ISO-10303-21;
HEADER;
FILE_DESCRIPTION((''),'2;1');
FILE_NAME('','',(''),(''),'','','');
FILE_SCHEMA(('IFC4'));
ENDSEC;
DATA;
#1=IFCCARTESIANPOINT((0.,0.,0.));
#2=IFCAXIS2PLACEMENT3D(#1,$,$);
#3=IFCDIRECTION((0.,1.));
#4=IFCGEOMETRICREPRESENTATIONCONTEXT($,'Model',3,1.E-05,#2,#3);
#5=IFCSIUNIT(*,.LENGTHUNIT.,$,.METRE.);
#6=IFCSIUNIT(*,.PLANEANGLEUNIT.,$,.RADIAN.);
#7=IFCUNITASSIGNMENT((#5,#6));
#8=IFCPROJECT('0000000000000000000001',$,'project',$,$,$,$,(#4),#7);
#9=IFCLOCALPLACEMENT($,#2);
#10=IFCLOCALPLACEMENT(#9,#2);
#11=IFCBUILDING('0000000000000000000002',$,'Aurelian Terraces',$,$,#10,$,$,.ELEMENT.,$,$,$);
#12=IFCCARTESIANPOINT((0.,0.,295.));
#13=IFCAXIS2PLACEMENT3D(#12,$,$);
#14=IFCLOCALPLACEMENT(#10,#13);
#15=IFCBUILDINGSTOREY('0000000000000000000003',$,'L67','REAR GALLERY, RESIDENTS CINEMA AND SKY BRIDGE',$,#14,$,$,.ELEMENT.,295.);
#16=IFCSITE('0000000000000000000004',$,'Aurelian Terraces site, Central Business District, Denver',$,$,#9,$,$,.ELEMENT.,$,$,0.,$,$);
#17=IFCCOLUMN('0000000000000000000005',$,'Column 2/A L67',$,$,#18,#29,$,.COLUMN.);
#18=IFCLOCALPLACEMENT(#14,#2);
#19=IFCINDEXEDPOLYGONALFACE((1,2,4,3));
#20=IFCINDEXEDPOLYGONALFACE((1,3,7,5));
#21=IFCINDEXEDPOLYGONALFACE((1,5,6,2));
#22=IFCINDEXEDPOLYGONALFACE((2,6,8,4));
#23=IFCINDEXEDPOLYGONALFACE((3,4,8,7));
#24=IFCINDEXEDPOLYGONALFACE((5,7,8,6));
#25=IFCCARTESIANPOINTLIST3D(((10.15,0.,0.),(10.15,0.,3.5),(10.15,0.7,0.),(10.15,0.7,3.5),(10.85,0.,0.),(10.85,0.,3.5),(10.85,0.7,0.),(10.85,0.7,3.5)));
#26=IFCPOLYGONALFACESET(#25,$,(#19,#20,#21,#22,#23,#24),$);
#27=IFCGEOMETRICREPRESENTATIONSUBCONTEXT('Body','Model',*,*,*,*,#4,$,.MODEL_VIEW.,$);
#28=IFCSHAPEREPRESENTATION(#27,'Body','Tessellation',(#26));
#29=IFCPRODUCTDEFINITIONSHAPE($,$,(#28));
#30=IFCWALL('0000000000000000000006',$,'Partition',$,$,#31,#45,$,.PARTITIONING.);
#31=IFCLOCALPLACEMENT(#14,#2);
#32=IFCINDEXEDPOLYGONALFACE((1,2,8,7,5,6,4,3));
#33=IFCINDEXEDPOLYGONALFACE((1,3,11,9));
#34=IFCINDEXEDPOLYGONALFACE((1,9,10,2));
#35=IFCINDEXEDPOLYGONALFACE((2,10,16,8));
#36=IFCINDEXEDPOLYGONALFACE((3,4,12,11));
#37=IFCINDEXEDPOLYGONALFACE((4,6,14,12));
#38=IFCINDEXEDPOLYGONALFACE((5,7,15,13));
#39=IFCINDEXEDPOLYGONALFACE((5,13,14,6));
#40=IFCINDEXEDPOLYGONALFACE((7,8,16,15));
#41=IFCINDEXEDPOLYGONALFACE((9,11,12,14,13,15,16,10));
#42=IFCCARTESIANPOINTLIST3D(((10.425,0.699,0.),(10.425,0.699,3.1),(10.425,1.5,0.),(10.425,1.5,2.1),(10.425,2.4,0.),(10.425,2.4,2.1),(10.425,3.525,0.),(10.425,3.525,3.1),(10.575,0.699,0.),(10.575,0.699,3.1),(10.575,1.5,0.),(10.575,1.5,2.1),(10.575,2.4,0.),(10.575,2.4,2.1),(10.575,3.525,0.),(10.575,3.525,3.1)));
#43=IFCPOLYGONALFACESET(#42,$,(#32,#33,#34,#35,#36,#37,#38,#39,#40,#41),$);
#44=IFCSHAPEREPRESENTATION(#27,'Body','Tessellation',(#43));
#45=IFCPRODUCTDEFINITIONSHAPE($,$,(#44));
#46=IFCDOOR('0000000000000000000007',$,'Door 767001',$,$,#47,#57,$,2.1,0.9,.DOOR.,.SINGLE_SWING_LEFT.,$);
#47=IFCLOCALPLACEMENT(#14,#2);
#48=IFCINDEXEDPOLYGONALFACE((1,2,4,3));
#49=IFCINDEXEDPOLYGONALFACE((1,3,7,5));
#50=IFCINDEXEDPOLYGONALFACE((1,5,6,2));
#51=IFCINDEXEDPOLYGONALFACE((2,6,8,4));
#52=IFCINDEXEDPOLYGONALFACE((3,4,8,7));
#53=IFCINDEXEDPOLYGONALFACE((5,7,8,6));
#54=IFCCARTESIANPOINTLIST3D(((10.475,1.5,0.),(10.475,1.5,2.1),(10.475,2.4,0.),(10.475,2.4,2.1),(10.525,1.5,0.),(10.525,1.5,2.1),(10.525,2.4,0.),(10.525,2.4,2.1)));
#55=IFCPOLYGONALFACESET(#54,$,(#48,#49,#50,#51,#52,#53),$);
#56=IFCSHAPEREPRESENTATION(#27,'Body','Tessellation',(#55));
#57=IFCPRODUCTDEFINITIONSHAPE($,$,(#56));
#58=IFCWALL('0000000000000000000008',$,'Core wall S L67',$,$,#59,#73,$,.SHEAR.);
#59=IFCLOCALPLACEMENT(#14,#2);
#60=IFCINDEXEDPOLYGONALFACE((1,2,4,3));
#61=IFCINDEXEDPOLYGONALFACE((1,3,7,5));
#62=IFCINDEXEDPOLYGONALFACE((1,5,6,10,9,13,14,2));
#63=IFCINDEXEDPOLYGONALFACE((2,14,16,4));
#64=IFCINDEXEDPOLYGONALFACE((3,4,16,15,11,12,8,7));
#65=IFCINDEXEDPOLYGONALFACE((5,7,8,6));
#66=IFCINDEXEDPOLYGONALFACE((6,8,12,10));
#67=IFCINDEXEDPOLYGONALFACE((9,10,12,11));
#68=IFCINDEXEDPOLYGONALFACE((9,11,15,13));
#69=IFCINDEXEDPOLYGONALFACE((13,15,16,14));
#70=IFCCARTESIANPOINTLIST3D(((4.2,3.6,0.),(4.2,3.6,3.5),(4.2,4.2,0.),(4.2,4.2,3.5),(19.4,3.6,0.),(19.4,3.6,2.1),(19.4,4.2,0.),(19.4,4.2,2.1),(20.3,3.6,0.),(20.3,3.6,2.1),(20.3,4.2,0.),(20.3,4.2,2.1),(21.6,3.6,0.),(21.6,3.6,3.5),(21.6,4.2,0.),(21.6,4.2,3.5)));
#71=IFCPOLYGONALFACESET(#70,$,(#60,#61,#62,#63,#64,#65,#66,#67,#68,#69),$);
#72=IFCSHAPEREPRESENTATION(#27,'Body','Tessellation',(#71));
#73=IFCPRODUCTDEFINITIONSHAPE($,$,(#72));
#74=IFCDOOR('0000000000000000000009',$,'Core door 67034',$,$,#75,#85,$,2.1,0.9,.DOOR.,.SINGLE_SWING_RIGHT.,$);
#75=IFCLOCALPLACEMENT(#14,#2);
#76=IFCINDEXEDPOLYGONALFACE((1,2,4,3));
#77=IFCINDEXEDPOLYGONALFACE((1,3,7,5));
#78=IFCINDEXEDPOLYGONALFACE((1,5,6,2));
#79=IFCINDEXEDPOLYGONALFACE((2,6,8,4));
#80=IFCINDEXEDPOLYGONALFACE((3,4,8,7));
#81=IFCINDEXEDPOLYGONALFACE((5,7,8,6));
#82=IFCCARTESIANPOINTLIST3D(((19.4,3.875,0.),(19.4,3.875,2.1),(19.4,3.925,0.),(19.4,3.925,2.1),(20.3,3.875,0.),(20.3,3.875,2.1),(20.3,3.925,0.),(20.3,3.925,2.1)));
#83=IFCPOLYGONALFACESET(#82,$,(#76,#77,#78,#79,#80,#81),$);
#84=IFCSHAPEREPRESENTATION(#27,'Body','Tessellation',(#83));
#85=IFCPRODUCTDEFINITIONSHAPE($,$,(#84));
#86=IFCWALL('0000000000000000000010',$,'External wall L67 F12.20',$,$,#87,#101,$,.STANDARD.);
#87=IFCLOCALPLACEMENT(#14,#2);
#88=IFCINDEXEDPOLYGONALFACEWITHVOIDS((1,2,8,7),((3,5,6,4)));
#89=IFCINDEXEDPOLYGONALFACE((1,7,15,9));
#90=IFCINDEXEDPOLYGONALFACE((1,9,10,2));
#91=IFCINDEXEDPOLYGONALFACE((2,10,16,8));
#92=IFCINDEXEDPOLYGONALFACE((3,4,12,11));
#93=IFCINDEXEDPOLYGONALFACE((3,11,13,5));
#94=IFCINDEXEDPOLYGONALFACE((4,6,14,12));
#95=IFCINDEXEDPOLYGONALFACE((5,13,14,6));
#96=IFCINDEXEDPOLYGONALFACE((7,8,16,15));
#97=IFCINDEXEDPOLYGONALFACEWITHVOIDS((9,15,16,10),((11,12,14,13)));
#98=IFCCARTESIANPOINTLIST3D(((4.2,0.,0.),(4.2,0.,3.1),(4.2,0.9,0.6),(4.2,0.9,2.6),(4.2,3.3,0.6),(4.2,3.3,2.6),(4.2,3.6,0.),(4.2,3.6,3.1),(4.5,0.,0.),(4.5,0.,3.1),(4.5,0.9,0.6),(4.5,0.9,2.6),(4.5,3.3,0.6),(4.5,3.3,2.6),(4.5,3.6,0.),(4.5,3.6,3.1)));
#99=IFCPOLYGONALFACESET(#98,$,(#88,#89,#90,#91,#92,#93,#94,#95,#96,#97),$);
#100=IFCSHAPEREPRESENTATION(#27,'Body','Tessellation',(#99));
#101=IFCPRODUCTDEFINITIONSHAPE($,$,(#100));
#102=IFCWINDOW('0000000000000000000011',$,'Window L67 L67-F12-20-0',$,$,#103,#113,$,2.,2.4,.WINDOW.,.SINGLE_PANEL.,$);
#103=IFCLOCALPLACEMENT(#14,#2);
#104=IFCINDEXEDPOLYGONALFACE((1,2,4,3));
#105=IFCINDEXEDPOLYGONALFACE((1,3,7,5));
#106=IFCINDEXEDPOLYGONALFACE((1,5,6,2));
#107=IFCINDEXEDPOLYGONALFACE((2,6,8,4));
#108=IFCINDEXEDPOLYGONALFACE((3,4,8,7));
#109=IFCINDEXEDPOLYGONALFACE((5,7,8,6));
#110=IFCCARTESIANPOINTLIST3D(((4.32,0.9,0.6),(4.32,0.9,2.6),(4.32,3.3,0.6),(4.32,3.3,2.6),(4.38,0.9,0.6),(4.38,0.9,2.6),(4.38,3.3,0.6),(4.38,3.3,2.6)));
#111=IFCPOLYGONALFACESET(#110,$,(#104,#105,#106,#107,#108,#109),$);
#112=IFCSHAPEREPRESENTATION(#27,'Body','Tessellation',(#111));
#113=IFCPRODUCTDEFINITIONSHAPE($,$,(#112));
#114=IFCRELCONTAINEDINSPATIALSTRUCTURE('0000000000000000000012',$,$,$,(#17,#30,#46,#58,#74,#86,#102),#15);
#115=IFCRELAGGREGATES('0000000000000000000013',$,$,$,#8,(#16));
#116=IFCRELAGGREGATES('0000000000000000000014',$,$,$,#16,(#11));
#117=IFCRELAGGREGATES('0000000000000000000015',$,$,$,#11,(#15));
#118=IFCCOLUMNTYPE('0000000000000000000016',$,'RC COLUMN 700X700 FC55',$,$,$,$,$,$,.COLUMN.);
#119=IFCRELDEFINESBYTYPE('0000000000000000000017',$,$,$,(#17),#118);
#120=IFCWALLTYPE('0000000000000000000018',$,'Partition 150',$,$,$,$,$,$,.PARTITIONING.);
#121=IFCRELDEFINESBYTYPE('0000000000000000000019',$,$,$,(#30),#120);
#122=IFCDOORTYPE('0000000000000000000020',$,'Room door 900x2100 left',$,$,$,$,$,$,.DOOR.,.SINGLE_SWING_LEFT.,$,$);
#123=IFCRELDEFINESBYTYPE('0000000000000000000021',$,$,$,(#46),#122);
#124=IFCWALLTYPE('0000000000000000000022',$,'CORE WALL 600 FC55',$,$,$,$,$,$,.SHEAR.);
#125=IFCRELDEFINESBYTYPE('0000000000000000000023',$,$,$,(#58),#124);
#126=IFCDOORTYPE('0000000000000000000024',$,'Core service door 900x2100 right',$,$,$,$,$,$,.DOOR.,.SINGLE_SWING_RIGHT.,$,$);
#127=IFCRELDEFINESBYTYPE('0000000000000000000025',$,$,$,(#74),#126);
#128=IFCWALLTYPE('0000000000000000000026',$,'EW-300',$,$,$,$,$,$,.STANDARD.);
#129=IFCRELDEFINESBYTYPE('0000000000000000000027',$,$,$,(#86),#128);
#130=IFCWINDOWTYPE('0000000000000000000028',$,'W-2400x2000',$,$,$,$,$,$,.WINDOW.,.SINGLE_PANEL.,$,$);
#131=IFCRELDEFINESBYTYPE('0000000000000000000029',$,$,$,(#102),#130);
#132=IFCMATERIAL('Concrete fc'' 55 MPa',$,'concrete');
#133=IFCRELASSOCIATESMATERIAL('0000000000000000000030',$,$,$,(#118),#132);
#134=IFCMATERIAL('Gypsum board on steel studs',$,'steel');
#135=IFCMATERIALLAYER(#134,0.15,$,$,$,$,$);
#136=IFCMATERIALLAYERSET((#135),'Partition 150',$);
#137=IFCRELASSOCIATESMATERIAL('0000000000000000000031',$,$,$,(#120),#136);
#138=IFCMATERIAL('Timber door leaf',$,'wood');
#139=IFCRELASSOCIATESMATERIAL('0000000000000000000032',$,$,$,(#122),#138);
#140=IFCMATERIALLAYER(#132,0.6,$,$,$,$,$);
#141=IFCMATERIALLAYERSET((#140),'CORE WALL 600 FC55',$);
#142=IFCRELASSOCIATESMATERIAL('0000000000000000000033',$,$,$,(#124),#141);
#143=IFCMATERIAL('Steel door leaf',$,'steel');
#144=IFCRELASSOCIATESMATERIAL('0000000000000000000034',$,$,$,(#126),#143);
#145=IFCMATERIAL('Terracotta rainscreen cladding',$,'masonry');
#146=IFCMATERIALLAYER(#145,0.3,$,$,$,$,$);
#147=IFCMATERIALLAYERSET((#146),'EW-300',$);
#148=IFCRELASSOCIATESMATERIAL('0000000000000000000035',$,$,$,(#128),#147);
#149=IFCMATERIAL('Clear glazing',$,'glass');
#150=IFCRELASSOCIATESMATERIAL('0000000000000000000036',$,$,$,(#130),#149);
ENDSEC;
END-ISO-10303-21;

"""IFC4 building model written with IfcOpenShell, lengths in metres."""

from ifc_helpers import new_model, si_unit, direction, frame, frame_2d, origin, origin_2d, place, context, subcontext, project, spatial, rectangle, extrude, source, transform, mapped, material, layer, layer_set, material_profile, profile_set, type_object, element, fill, save


model = new_model("IFC4")

# Units and contexts
model_context = context("Model", 3, precision=1e-05, world=origin(), true_north=direction((0.0, 1.0)))
body_context = subcontext(model_context, "Body", "Model", "MODEL_VIEW")
ifc_project = project(units=[si_unit("LENGTHUNIT", "METRE"), si_unit("PLANEANGLEUNIT", "RADIAN")], contexts=[model_context])

# Site, building, storey
site_placement = place(None, origin())
site = spatial("IfcSite", under=ifc_project, at=site_placement, Name="Aurelian Terraces site, Central Business District, Denver", CompositionType="ELEMENT", RefElevation=0.0)
building_placement = place(site_placement, origin())
building = spatial("IfcBuilding", under=site, at=building_placement, Name="Aurelian Terraces", CompositionType="ELEMENT")
storey_placement = place(building_placement, frame((0.0, 0.0, 295.0)))
storey = spatial("IfcBuildingStorey", under=building, at=storey_placement, Name="L67", Description="REAR GALLERY, RESIDENTS CINEMA AND SKY BRIDGE", CompositionType="ELEMENT", Elevation=295.0)

# Column
ifc_material_1 = material(Name="Concrete fc' 55 MPa", Category="concrete")
ifc_material_profile = material_profile(ifc_material_1, rectangle(XDim=0.7, YDim=0.7, at=origin_2d()))
ifc_profile_set = profile_set([ifc_material_profile], Name="Concrete fc' 55 MPa")
column_type = type_object("IfcColumnType", Name="RC COLUMN 700X700 FC55", PredefinedType="COLUMN", material=ifc_profile_set)
shared_shape_1 = source(origin(), body_context, "Body", "SweptSolid", [
    extrude(rectangle(XDim=0.7, YDim=0.7, at=origin_2d()), origin(), (0.0, 0.0, 1.0), 3.5),
])
column_placement = place(storey_placement, frame((10.5, 0.35, 0.0), z_axis=(0.0, 0.0, 1.0), x_axis=(1.0, 0.0, 0.0)))
element("IfcColumn", 1, at=column_placement, inside=storey, type_object=column_type, Name="Column 2/A L67", PredefinedType="COLUMN", context=body_context, shape_type="MappedRepresentation", body=[
    mapped(shared_shape_1, transform((0.0, 0.0, 0.0), scale=1.0)),
])

# Walls, openings, doors
ifc_material_2 = material(Name="Gypsum board on steel studs", Category="steel")
ifc_layer_1 = layer(ifc_material_2, 0.15)
ifc_layer_set_1 = layer_set([ifc_layer_1], Name="Partition 150")
wall_type_1 = type_object("IfcWallType", Name="Partition 150", PredefinedType="PARTITIONING", material=ifc_layer_set_1)
wall_1_placement = place(storey_placement, frame((10.5, 3.525, 0.0), z_axis=(0.0, 0.0, 1.0), x_axis=(0.0, -1.0, 0.0)))
wall_1 = element("IfcWall", 2, at=wall_1_placement, inside=storey, type_object=wall_type_1, Name="Partition", PredefinedType="PARTITIONING", context=body_context, shape_type="SweptSolid", body=[
    extrude(rectangle(XDim=2.826, YDim=0.15, at=frame_2d((1.413, 0.0))), origin(), (0.0, 0.0, 1.0), 3.1),
])
shared_shape_2 = source(origin(), body_context, "Body", "SweptSolid", [
    extrude(rectangle(XDim=0.9, YDim=2.1, at=frame_2d((0.45, 1.05))), frame((0.0, 0.085, 0.0), z_axis=(0.0, -1.0, 0.0), x_axis=(1.0, 0.0, 0.0)), (0.0, 0.0, 1.0), 0.17),
])
opening_1_placement = place(wall_1_placement, frame((1.125, 0.0, 0.0)))
opening_1 = element("IfcOpeningElement", 3, at=opening_1_placement, cuts=wall_1, PredefinedType="OPENING", context=body_context, shape_type="MappedRepresentation", body=[
    mapped(shared_shape_2, transform((0.0, 0.0, 0.0), scale=1.0)),
])
ifc_material_3 = material(Name="Timber door leaf", Category="wood")
door_type_1 = type_object("IfcDoorType", Name="Room door 900x2100 left", OperationType="SINGLE_SWING_LEFT", PredefinedType="DOOR", material=ifc_material_3)
shared_shape_3 = source(origin(), body_context, "Body", "SweptSolid", [
    extrude(rectangle(XDim=0.9, YDim=2.1, at=frame_2d((0.45, 1.05))), frame((0.0, 0.025, 0.0), z_axis=(0.0, -1.0, 0.0), x_axis=(1.0, 0.0, 0.0)), (0.0, 0.0, 1.0), 0.05),
])
door_1_placement = place(opening_1_placement, origin())
door_1 = element("IfcDoor", 4, at=door_1_placement, inside=storey, type_object=door_type_1, Name="Door 767001", OperationType="SINGLE_SWING_LEFT", OverallHeight=2.1, OverallWidth=0.9, PredefinedType="DOOR", context=body_context, shape_type="MappedRepresentation", body=[
    mapped(shared_shape_3, transform((0.0, 0.0, 0.0), scale=1.0)),
])
fill(opening_1, door_1)
ifc_layer_2 = layer(ifc_material_1, 0.6)
ifc_layer_set_2 = layer_set([ifc_layer_2], Name="CORE WALL 600 FC55")
wall_type_2 = type_object("IfcWallType", Name="CORE WALL 600 FC55", PredefinedType="SHEAR", material=ifc_layer_set_2)
shared_shape_4 = source(origin(), body_context, "Body", "SweptSolid", [
    extrude(rectangle(XDim=17.4, YDim=0.6, at=frame_2d((8.7, 0.0))), origin(), (0.0, 0.0, 1.0), 3.5),
])
wall_2_placement = place(storey_placement, frame((4.2, 3.9, 0.0), z_axis=(0.0, 0.0, 1.0), x_axis=(1.0, 0.0, 0.0)))
wall_2 = element("IfcWall", 5, at=wall_2_placement, inside=storey, type_object=wall_type_2, Name="Core wall S L67", PredefinedType="SHEAR", context=body_context, shape_type="MappedRepresentation", body=[
    mapped(shared_shape_4, transform((0.0, 0.0, 0.0), scale=1.0)),
])
shared_shape_5 = source(origin(), body_context, "Body", "SweptSolid", [
    extrude(rectangle(XDim=0.9, YDim=2.1, at=frame_2d((0.45, 1.05))), frame((0.0, 0.31, 0.0), z_axis=(0.0, -1.0, 0.0), x_axis=(1.0, 0.0, 0.0)), (0.0, 0.0, 1.0), 0.62),
])
opening_2_placement = place(wall_2_placement, frame((15.2, 0.0, 0.0)))
opening_2 = element("IfcOpeningElement", 6, at=opening_2_placement, cuts=wall_2, PredefinedType="OPENING", context=body_context, shape_type="MappedRepresentation", body=[
    mapped(shared_shape_5, transform((0.0, 0.0, 0.0), scale=1.0)),
])
ifc_material_4 = material(Name="Steel door leaf", Category="steel")
door_type_2 = type_object("IfcDoorType", Name="Core service door 900x2100 right", OperationType="SINGLE_SWING_RIGHT", PredefinedType="DOOR", material=ifc_material_4)
door_2_placement = place(opening_2_placement, origin())
door_2 = element("IfcDoor", 7, at=door_2_placement, inside=storey, type_object=door_type_2, Name="Core door 67034", OperationType="SINGLE_SWING_RIGHT", OverallHeight=2.1, OverallWidth=0.9, PredefinedType="DOOR", context=body_context, shape_type="MappedRepresentation", body=[
    mapped(shared_shape_3, transform((0.0, 0.0, 0.0), scale=1.0)),
])
fill(opening_2, door_2)

# Wall, opening, window
ifc_material_5 = material(Name="Terracotta rainscreen cladding", Category="masonry")
ifc_layer_3 = layer(ifc_material_5, 0.3)
ifc_layer_set_3 = layer_set([ifc_layer_3], Name="EW-300")
wall_type_3 = type_object("IfcWallType", Name="EW-300", PredefinedType="STANDARD", material=ifc_layer_set_3)
shared_shape_6 = source(origin(), body_context, "Body", "SweptSolid", [
    extrude(rectangle(XDim=3.6, YDim=0.3, at=frame_2d((1.8, 0.0))), origin(), (0.0, 0.0, 1.0), 3.1),
])
wall_3_placement = place(storey_placement, frame((4.35, 3.6, 0.0), z_axis=(0.0, 0.0, 1.0), x_axis=(0.0, -1.0, 0.0)))
wall_3 = element("IfcWall", 8, at=wall_3_placement, inside=storey, type_object=wall_type_3, Name="External wall L67 F12.20", PredefinedType="STANDARD", context=body_context, shape_type="MappedRepresentation", body=[
    mapped(shared_shape_6, transform((0.0, 0.0, 0.0), scale=1.0)),
])
shared_shape_7 = source(origin(), body_context, "Body", "SweptSolid", [
    extrude(rectangle(XDim=2.4, YDim=2.0, at=frame_2d((1.2, 1.0))), frame((0.0, 0.16, 0.0), z_axis=(0.0, -1.0, 0.0), x_axis=(1.0, 0.0, 0.0)), (0.0, 0.0, 1.0), 0.32),
])
opening_3_placement = place(wall_3_placement, frame((0.3, 0.0, 0.6)))
opening_3 = element("IfcOpeningElement", 9, at=opening_3_placement, cuts=wall_3, PredefinedType="OPENING", context=body_context, shape_type="MappedRepresentation", body=[
    mapped(shared_shape_7, transform((0.0, 0.0, 0.0), scale=1.0)),
])
ifc_material_6 = material(Name="Clear glazing", Category="glass")
window_type_1 = type_object("IfcWindowType", Name="W-2400x2000", PartitioningType="SINGLE_PANEL", PredefinedType="WINDOW", material=ifc_material_6)
shared_shape_8 = source(origin(), body_context, "Body", "SweptSolid", [
    extrude(rectangle(XDim=2.4, YDim=2.0, at=frame_2d((1.2, 1.0))), frame((0.0, 0.03, 0.0), z_axis=(0.0, -1.0, 0.0), x_axis=(1.0, 0.0, 0.0)), (0.0, 0.0, 1.0), 0.06),
])
window_1_placement = place(opening_3_placement, origin())
window_1 = element("IfcWindow", 10, at=window_1_placement, inside=storey, type_object=window_type_1, Name="Window L67 L67-F12-20-0", OverallHeight=2.0, OverallWidth=2.4, PartitioningType="SINGLE_PANEL", PredefinedType="WINDOW", context=body_context, shape_type="MappedRepresentation", body=[
    mapped(shared_shape_8, transform((0.0, 0.0, 0.0), scale=1.0)),
])
fill(opening_3, window_1)

save(model, "model.ifc")
